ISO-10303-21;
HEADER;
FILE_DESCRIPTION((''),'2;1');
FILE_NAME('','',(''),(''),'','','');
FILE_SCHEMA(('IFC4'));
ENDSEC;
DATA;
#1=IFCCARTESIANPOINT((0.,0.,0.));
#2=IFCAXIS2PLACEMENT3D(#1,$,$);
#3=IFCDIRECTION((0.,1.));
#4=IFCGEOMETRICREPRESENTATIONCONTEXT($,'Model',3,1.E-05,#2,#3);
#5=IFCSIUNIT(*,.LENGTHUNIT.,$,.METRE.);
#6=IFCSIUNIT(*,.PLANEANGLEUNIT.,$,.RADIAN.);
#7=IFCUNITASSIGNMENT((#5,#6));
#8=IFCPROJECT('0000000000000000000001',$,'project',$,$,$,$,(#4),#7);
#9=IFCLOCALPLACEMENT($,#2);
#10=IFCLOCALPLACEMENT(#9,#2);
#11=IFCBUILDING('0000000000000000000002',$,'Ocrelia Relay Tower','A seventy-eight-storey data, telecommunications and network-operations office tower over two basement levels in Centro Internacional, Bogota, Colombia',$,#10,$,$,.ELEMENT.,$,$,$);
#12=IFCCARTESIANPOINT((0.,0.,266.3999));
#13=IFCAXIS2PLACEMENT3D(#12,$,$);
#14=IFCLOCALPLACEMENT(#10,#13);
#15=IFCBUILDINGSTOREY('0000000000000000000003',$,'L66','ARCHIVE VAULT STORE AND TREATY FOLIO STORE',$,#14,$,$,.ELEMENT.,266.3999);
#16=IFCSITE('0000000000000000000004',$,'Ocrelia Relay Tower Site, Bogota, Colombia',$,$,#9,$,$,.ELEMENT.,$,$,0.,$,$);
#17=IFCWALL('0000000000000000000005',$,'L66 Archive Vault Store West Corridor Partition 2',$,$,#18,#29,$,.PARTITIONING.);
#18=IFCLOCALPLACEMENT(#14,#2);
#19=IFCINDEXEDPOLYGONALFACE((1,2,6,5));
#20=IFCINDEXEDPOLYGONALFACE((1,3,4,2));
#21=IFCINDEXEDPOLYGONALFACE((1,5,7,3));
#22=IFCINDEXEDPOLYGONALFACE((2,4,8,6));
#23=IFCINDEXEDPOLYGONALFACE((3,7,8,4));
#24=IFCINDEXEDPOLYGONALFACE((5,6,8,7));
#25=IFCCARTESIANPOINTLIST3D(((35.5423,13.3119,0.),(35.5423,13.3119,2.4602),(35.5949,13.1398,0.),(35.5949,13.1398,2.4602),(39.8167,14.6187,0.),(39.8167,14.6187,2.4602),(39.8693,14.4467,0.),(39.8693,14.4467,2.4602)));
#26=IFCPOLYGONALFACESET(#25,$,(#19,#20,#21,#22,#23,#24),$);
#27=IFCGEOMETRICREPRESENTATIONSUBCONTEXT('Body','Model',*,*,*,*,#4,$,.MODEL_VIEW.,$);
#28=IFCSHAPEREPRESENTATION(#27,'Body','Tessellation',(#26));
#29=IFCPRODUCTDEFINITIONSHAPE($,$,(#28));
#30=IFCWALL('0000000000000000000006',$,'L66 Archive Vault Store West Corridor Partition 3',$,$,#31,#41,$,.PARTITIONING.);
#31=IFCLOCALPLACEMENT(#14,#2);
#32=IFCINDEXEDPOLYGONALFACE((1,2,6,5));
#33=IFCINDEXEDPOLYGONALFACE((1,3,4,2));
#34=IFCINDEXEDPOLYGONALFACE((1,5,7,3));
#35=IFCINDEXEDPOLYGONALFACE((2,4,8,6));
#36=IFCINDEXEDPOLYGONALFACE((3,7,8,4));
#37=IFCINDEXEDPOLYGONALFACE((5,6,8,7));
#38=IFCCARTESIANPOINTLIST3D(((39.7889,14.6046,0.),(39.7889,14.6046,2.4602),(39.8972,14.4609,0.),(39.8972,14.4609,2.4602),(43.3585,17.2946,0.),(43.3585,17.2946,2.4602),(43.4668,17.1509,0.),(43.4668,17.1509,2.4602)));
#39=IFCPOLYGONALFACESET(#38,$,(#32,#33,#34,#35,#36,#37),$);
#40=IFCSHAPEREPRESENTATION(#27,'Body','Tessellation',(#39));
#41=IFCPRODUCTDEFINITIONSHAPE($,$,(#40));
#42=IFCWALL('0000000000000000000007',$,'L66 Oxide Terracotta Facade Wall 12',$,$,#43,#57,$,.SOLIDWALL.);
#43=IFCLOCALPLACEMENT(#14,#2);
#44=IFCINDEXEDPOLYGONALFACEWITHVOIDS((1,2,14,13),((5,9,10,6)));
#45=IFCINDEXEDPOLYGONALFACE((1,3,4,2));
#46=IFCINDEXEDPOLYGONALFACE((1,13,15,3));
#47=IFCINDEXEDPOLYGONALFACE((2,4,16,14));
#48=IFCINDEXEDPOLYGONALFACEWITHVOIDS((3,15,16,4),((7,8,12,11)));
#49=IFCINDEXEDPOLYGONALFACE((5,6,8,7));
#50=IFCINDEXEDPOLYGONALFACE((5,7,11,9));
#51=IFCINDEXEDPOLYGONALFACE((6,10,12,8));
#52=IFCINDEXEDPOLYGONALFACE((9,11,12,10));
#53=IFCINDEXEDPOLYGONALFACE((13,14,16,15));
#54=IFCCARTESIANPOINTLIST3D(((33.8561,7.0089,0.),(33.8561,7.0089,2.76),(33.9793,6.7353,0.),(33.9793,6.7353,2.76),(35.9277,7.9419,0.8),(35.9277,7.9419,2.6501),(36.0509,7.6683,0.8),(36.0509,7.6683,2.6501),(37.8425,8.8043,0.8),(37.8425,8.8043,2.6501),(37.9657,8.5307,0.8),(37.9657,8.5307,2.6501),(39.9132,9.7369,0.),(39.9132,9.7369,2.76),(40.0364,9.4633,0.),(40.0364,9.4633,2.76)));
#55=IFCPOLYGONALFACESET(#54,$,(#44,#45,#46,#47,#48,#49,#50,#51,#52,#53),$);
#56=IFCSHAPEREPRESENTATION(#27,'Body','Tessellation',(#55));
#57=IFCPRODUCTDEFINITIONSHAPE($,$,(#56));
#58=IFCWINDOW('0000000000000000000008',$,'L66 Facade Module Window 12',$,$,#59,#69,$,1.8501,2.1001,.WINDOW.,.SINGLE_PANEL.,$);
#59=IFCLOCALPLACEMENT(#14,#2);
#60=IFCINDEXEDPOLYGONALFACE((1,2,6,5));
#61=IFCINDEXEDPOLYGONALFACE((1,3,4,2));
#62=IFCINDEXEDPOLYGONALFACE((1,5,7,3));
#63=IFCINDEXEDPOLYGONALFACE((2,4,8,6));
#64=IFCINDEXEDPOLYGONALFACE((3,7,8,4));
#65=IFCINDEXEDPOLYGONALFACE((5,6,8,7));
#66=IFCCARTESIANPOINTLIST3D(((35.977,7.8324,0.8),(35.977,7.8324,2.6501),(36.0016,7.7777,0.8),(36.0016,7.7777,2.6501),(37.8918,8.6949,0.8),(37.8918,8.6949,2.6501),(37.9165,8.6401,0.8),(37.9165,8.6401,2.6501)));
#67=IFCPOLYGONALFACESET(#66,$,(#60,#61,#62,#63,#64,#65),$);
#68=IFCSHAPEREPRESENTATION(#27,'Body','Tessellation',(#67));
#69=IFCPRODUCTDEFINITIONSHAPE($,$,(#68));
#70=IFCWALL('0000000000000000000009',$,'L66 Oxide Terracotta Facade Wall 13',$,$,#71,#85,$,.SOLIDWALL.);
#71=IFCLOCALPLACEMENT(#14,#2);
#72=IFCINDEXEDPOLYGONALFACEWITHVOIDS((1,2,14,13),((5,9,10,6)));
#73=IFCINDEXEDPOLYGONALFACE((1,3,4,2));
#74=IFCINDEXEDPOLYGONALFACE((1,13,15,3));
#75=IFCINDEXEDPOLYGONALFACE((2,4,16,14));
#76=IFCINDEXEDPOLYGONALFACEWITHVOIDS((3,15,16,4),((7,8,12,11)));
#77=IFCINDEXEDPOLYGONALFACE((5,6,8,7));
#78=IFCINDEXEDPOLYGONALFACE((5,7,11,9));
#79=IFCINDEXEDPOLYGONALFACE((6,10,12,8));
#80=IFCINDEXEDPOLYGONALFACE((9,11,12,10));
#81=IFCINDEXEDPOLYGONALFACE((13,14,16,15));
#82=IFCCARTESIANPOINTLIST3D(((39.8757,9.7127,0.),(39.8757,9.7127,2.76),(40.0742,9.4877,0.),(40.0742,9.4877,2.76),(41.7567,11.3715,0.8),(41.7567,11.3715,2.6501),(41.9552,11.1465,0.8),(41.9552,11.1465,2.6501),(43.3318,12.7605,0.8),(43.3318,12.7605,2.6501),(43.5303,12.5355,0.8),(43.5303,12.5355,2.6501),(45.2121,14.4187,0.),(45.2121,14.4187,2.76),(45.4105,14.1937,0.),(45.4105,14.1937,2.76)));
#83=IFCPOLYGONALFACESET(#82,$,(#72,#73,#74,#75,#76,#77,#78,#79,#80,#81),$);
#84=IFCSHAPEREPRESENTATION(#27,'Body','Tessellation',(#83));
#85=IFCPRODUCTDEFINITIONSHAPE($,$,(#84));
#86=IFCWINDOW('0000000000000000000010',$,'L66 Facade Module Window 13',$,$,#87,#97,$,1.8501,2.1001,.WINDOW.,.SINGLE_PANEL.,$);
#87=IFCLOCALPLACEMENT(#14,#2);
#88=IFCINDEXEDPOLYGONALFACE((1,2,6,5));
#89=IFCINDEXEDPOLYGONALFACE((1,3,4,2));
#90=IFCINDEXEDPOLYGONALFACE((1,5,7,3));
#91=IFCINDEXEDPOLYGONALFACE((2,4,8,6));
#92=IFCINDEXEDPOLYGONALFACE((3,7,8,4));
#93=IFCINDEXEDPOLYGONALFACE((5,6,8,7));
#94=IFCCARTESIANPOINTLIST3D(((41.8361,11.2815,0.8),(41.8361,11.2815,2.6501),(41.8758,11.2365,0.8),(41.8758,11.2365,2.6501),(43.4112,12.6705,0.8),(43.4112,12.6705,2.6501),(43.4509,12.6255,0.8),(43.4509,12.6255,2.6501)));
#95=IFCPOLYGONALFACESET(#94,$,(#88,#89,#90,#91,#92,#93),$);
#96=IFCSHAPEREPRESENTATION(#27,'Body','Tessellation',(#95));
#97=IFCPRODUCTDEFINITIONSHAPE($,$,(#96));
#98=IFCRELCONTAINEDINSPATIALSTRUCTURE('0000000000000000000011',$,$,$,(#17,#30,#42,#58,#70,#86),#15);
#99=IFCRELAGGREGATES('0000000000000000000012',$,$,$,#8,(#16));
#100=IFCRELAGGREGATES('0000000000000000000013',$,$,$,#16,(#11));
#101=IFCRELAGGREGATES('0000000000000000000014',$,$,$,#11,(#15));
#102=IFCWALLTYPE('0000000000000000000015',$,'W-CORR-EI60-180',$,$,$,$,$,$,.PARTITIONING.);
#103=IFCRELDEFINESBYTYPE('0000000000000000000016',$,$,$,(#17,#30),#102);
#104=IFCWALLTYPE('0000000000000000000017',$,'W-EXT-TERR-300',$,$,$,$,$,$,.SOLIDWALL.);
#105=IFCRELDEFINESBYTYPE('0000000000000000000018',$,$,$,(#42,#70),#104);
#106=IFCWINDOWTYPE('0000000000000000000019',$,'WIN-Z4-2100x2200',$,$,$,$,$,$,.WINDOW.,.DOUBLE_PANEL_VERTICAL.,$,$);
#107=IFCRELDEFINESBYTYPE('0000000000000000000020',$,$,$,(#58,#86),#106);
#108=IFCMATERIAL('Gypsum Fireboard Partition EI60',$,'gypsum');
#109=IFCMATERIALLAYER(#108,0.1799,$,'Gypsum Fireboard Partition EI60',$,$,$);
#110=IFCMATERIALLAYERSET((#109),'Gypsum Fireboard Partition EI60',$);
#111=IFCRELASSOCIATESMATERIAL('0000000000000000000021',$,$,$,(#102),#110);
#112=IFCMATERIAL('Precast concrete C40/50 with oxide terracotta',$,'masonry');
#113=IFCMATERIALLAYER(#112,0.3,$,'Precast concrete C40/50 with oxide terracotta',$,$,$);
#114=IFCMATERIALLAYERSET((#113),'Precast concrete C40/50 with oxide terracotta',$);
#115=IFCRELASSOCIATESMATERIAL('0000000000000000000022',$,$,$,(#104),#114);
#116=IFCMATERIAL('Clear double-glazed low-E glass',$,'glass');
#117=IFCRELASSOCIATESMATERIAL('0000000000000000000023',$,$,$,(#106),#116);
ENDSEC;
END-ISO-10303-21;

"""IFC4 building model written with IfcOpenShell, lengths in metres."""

from ifc_helpers import new_model, si_unit, direction, frame, frame_2d, origin, place, context, subcontext, project, spatial, rectangle, extrude, material, layer, layer_set, type_object, element, fill, save


model = new_model("IFC4")

# Units and contexts
model_context = context("Model", 3, precision=1e-05, world=origin(), true_north=direction((0.0, 1.0)))
body_context = subcontext(model_context, "Body", "Model", "MODEL_VIEW")
ifc_project = project(units=[si_unit("LENGTHUNIT", "METRE"), si_unit("PLANEANGLEUNIT", "RADIAN")], contexts=[model_context])

# Site, building, storey
site_placement = place(None, origin())
site = spatial("IfcSite", under=ifc_project, at=site_placement, Name="Ocrelia Relay Tower Site, Bogota, Colombia", CompositionType="ELEMENT", RefElevation=0.0)
building_placement = place(site_placement, origin())
building = spatial("IfcBuilding", under=site, at=building_placement, Name="Ocrelia Relay Tower", Description="A seventy-eight-storey data, telecommunications and network-operations office tower over two basement levels in Centro Internacional, Bogota, Colombia", CompositionType="ELEMENT")
storey_placement = place(building_placement, frame((0.0, 0.0, 266.3999)))
storey = spatial("IfcBuildingStorey", under=building, at=storey_placement, Name="L66", Description="ARCHIVE VAULT STORE AND TREATY FOLIO STORE", CompositionType="ELEMENT", Elevation=266.3999)

# Walls
ifc_material_1 = material(Name="Gypsum Fireboard Partition EI60", Category="gypsum")
ifc_layer_1 = layer(ifc_material_1, 0.1799, Name="Gypsum Fireboard Partition EI60")
ifc_layer_set_1 = layer_set([ifc_layer_1], Name="Gypsum Fireboard Partition EI60")
wall_type_1 = type_object("IfcWallType", Name="W-CORR-EI60-180", PredefinedType="PARTITIONING", material=ifc_layer_set_1)
for number, where, z_axis, x_axis, name in (
    (1, (35.5686, 13.2258, 0.0), (0.0, 0.0, 1.0), (0.956301, 0.292385, 0.0), "L66 Archive Vault Store West Corridor Partition 2"),
    (2, (39.843, 14.5327, 0.0), (0.0, 0.0, 1.0), (0.798628, 0.601825, 0.0), "L66 Archive Vault Store West Corridor Partition 3"),
):
    element("IfcWall", number, at=place(storey_placement, frame(where, z_axis=z_axis, x_axis=x_axis)), inside=storey, type_object=wall_type_1, Name=name, PredefinedType="PARTITIONING", context=body_context, shape_type="SweptSolid", body=[
        extrude(rectangle(XDim=4.4697, YDim=0.1799, at=frame_2d((2.2349, 0.0))), origin(), (0.0, 0.0, 1.0), 2.4602),
    ])

# Walls, openings, windows
ifc_material_2 = material(Name="Precast concrete C40/50 with oxide terracotta", Category="masonry")
ifc_layer_2 = layer(ifc_material_2, 0.3, Name="Precast concrete C40/50 with oxide terracotta")
ifc_layer_set_2 = layer_set([ifc_layer_2], Name="Precast concrete C40/50 with oxide terracotta")
wall_type_2 = type_object("IfcWallType", Name="W-EXT-TERR-300", PredefinedType="SOLIDWALL", material=ifc_layer_set_2)
wall_1_placement = place(storey_placement, frame((33.9177, 6.8721, 0.0), z_axis=(0.0, 0.0, 1.0), x_axis=(0.911791, 0.410655, 0.0)))
wall_1 = element("IfcWall", 3, at=wall_1_placement, inside=storey, type_object=wall_type_2, Name="L66 Oxide Terracotta Facade Wall 12", PredefinedType="SOLIDWALL", context=body_context, shape_type="SweptSolid", body=[
    extrude(rectangle(XDim=6.6431, YDim=0.3, at=frame_2d((3.3215, 0.0))), origin(), (0.0, 0.0, 1.0), 2.76),
])
opening_1_placement = place(wall_1_placement, frame((2.272, 0.0, 0.8)))
opening_1 = element("IfcOpeningElement", 4, at=opening_1_placement, cuts=wall_1, PredefinedType="OPENING", context=body_context, shape_type="SweptSolid", body=[
    extrude(rectangle(XDim=2.1001, YDim=1.8501, at=frame_2d((1.05, 0.925))), frame((0.0, 0.1602, 0.0), z_axis=(0.0, -1.0, 0.0), x_axis=(1.0, 0.0, 0.0)), (0.0, 0.0, 1.0), 0.3201),
])
ifc_material_3 = material(Name="Clear double-glazed low-E glass", Category="glass")
window_type = type_object("IfcWindowType", Name="WIN-Z4-2100x2200", PartitioningType="DOUBLE_PANEL_VERTICAL", PredefinedType="WINDOW", material=ifc_material_3)
window_1_placement = place(opening_1_placement, origin())
window_1 = element("IfcWindow", 5, at=window_1_placement, inside=storey, type_object=window_type, Name="L66 Facade Module Window 12", OverallHeight=1.8501, OverallWidth=2.1001, PartitioningType="SINGLE_PANEL", PredefinedType="WINDOW", context=body_context, shape_type="SweptSolid", body=[
    extrude(rectangle(XDim=2.1001, YDim=1.8501, at=frame_2d((1.05, 0.925))), frame((0.0, 0.03, 0.0), z_axis=(0.0, -1.0, 0.0), x_axis=(1.0, 0.0, 0.0)), (0.0, 0.0, 1.0), 0.0601),
])
fill(opening_1, window_1)
wall_2_placement = place(storey_placement, frame((39.9749, 9.6001, 0.0), z_axis=(0.0, 0.0, 1.0), x_axis=(0.750016, 0.66142, 0.0)))
wall_2 = element("IfcWall", 6, at=wall_2_placement, inside=storey, type_object=wall_type_2, Name="L66 Oxide Terracotta Facade Wall 13", PredefinedType="SOLIDWALL", context=body_context, shape_type="SweptSolid", body=[
    extrude(rectangle(XDim=7.115, YDim=0.3, at=frame_2d((3.5576, 0.0))), origin(), (0.0, 0.0, 1.0), 2.76),
])
opening_2_placement = place(wall_2_placement, frame((2.5081, 0.0, 0.8)))
opening_2 = element("IfcOpeningElement", 7, at=opening_2_placement, cuts=wall_2, PredefinedType="OPENING", context=body_context, shape_type="SweptSolid", body=[
    extrude(rectangle(XDim=2.1001, YDim=1.8501, at=frame_2d((1.05, 0.925))), frame((0.0, 0.1602, 0.0), z_axis=(0.0, -1.0, 0.0), x_axis=(1.0, 0.0, 0.0)), (0.0, 0.0, 1.0), 0.3201),
])
window_2_placement = place(opening_2_placement, origin())
window_2 = element("IfcWindow", 8, at=window_2_placement, inside=storey, type_object=window_type, Name="L66 Facade Module Window 13", OverallHeight=1.8501, OverallWidth=2.1001, PartitioningType="SINGLE_PANEL", PredefinedType="WINDOW", context=body_context, shape_type="SweptSolid", body=[
    extrude(rectangle(XDim=2.1001, YDim=1.8501, at=frame_2d((1.05, 0.925))), frame((0.0, 0.03, 0.0), z_axis=(0.0, -1.0, 0.0), x_axis=(1.0, 0.0, 0.0)), (0.0, 0.0, 1.0), 0.0601),
])
fill(opening_2, window_2)

save(model, "model.ifc")
